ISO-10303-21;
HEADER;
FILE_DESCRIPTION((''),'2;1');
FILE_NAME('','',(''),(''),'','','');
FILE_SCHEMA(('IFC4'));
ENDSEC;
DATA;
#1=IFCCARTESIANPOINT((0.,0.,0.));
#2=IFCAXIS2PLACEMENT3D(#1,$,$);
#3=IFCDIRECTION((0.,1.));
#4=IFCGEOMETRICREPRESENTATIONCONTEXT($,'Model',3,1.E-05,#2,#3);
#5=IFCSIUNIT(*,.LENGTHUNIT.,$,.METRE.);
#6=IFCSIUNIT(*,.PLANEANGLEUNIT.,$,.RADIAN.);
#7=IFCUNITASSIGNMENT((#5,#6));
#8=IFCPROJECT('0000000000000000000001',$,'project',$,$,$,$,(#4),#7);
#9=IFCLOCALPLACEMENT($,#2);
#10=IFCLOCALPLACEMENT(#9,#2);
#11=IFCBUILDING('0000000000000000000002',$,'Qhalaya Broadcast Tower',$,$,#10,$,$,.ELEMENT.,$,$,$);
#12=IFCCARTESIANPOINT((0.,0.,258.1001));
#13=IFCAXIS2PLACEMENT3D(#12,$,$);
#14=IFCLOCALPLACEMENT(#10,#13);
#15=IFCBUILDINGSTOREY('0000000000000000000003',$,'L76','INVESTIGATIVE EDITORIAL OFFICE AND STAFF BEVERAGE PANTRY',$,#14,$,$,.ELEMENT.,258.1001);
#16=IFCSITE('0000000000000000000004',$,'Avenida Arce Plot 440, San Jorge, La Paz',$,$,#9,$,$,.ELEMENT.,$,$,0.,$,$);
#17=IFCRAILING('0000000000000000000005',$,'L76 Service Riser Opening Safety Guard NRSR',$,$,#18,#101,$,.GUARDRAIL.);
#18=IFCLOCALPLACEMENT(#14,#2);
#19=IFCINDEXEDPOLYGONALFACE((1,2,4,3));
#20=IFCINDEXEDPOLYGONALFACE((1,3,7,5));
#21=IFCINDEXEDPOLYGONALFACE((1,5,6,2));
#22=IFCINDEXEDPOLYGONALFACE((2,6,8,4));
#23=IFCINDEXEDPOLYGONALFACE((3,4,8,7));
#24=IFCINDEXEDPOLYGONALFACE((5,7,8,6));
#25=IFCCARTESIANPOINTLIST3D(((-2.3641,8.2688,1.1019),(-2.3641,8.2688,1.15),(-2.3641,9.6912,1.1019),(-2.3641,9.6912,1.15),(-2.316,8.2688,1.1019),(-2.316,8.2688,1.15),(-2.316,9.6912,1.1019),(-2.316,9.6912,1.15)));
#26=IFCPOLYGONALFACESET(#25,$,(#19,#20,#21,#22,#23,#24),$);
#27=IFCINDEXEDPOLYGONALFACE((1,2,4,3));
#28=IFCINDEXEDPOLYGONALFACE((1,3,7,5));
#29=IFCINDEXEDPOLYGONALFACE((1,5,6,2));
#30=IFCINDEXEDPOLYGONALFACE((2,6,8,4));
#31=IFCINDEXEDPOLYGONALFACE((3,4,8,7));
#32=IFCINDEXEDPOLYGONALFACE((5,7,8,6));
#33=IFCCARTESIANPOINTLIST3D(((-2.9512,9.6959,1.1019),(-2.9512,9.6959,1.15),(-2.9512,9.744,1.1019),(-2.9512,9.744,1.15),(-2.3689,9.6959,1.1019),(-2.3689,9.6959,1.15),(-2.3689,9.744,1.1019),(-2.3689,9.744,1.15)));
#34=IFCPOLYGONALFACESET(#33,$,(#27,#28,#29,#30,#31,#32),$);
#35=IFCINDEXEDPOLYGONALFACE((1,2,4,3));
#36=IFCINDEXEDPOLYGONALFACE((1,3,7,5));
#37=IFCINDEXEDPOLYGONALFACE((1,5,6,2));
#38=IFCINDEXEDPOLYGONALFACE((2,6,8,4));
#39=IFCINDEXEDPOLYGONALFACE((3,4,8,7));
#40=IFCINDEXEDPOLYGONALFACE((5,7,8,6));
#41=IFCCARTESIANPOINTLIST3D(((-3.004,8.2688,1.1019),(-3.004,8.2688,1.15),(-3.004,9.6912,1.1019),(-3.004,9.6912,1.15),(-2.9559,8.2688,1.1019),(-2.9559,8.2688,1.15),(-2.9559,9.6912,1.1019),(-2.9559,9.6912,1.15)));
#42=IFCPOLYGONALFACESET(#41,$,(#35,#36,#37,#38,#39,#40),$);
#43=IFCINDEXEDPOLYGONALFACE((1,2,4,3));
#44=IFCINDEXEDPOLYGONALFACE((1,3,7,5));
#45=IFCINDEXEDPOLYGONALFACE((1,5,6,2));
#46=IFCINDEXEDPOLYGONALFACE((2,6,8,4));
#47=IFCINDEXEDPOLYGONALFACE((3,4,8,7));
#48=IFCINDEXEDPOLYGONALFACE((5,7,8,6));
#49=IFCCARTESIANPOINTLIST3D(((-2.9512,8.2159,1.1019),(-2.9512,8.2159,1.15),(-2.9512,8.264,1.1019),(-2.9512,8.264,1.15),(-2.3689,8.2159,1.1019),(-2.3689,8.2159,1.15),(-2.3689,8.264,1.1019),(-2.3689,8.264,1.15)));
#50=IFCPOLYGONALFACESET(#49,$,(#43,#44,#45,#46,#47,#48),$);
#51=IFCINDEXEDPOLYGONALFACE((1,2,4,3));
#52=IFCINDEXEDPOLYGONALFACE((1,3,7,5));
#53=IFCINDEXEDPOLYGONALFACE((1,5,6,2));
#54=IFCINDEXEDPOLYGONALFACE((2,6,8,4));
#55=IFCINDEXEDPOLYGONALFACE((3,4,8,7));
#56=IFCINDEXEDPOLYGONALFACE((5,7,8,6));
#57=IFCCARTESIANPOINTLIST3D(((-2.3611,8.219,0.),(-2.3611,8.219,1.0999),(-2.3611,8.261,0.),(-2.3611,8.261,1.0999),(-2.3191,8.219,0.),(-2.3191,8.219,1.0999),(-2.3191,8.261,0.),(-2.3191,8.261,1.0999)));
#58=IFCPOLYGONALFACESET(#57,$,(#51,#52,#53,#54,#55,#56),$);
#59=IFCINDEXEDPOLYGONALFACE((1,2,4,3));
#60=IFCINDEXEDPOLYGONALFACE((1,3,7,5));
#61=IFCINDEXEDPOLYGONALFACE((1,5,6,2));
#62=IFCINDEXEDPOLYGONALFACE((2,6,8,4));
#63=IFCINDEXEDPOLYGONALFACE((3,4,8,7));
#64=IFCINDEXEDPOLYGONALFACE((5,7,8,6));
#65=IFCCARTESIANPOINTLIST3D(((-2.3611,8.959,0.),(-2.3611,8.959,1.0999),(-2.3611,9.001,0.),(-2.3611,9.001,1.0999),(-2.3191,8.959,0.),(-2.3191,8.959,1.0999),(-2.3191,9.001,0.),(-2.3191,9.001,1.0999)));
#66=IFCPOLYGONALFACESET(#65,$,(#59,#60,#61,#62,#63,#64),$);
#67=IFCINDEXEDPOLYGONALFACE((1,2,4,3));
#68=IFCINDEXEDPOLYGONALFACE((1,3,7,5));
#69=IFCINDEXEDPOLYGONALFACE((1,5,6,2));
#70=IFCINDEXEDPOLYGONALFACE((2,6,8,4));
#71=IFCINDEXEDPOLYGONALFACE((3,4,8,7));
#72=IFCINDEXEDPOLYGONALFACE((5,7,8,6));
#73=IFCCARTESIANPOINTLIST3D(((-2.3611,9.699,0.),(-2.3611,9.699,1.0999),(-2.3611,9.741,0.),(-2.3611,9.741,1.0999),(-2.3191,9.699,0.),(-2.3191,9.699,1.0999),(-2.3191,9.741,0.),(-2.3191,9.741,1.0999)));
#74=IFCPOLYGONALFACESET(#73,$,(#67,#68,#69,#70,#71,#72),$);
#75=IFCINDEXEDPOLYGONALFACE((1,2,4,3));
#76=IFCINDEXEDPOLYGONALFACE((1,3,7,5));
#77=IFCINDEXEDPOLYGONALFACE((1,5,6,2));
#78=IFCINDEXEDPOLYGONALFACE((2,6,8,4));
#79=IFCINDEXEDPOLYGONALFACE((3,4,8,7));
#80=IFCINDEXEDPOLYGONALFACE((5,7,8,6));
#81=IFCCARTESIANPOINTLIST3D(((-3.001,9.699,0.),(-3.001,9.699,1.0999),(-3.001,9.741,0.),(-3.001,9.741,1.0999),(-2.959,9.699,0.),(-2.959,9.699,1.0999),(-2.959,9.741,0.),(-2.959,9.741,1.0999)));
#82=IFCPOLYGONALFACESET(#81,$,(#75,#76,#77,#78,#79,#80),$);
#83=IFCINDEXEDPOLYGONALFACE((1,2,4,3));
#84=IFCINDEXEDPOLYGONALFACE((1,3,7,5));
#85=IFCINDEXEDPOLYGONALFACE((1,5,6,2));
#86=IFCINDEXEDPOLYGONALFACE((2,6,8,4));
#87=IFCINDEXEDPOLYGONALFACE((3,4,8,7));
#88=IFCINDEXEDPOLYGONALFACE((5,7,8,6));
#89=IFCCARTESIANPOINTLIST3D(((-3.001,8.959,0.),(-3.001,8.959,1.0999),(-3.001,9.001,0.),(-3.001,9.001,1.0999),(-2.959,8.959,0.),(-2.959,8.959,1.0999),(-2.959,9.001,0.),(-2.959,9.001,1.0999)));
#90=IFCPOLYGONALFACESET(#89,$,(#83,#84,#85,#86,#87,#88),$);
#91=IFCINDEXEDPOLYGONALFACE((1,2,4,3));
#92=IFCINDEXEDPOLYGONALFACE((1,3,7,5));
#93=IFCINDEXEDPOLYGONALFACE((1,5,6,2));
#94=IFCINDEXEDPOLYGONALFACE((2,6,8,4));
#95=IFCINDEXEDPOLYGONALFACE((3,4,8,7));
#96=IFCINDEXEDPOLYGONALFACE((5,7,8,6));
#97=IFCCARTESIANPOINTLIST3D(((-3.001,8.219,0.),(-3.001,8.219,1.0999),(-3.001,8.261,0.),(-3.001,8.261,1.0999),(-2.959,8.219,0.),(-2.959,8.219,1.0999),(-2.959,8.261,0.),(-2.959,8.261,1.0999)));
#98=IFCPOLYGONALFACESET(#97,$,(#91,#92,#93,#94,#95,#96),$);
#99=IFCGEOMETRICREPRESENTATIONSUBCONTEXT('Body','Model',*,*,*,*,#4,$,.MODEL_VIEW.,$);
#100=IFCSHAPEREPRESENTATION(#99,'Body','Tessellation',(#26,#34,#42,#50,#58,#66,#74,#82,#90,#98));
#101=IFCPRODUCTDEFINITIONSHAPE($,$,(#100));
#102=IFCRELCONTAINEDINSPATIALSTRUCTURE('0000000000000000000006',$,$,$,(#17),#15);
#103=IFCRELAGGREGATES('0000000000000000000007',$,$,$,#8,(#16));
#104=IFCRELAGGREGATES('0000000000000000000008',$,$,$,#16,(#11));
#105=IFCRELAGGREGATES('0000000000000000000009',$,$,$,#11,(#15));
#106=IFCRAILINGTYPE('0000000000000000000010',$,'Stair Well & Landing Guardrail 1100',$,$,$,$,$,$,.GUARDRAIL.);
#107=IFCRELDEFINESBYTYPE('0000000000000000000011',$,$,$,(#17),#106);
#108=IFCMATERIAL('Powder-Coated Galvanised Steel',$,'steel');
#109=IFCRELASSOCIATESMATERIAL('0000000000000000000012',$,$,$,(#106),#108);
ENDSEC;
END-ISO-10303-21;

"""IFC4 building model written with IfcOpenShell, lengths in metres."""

from ifc_helpers import new_model, si_unit, direction, frame, origin, origin_2d, place, context, subcontext, project, spatial, rectangle, extrude, material, type_object, element, save


model = new_model("IFC4")

# Units and contexts
model_context = context("Model", 3, precision=1e-05, world=origin(), true_north=direction((0.0, 1.0)))
body_context = subcontext(model_context, "Body", "Model", "MODEL_VIEW")
ifc_project = project(units=[si_unit("LENGTHUNIT", "METRE"), si_unit("PLANEANGLEUNIT", "RADIAN")], contexts=[model_context])

# Site, building, storey
site_placement = place(None, origin())
site = spatial("IfcSite", under=ifc_project, at=site_placement, Name="Avenida Arce Plot 440, San Jorge, La Paz", CompositionType="ELEMENT", RefElevation=0.0)
building_placement = place(site_placement, origin())
building = spatial("IfcBuilding", under=site, at=building_placement, Name="Qhalaya Broadcast Tower", CompositionType="ELEMENT")
storey_placement = place(building_placement, frame((0.0, 0.0, 258.1001)))
storey = spatial("IfcBuildingStorey", under=building, at=storey_placement, Name="L76", Description="INVESTIGATIVE EDITORIAL OFFICE AND STAFF BEVERAGE PANTRY", CompositionType="ELEMENT", Elevation=258.1001)

# Railing
ifc_material_1 = material(Name="Powder-Coated Galvanised Steel", Category="steel")
railing_type = type_object("IfcRailingType", Name="Stair Well & Landing Guardrail 1100", PredefinedType="GUARDRAIL", material=ifc_material_1)
railing_placement = place(storey_placement, frame((-2.3401, 8.24, 0.0)))
element("IfcRailing", 1, at=railing_placement, inside=storey, type_object=railing_type, Name="L76 Service Riser Opening Safety Guard NRSR", PredefinedType="GUARDRAIL", context=body_context, shape_type="SweptSolid", body=[
    extrude(rectangle(XDim=0.0481, YDim=0.0481, at=origin_2d()), frame((0.0, 0.0288, 1.126), z_axis=(0.0, 1.0, 0.0), x_axis=(-1.0, 0.0, 0.0)), (0.0, 0.0, 1.0), 1.4224),
    extrude(rectangle(XDim=0.0481, YDim=0.0481, at=origin_2d()), frame((-0.0288, 1.48, 1.126), z_axis=(-1.0, 0.0, 0.0), x_axis=(0.0, -1.0, 0.0)), (0.0, 0.0, 1.0), 0.5823),
    extrude(rectangle(XDim=0.0481, YDim=0.0481, at=origin_2d()), frame((-0.6399, 1.4512, 1.126), z_axis=(0.0, -1.0, 0.0), x_axis=(1.0, 0.0, 0.0)), (0.0, 0.0, 1.0), 1.4224),
    extrude(rectangle(XDim=0.0481, YDim=0.0481, at=origin_2d()), frame((-0.6111, 0.0, 1.126), z_axis=(1.0, 0.0, 0.0), x_axis=(0.0, 1.0, 0.0)), (0.0, 0.0, 1.0), 0.5823),
    extrude(rectangle(XDim=0.042, YDim=0.042, at=origin_2d()), origin(), (0.0, 0.0, 1.0), 1.0999),
    extrude(rectangle(XDim=0.042, YDim=0.042, at=origin_2d()), frame((0.0, 0.74, 0.0)), (0.0, 0.0, 1.0), 1.0999),
    extrude(rectangle(XDim=0.042, YDim=0.042, at=origin_2d()), frame((0.0, 1.48, 0.0)), (0.0, 0.0, 1.0), 1.0999),
    extrude(rectangle(XDim=0.042, YDim=0.042, at=origin_2d()), frame((-0.6399, 1.48, 0.0)), (0.0, 0.0, 1.0), 1.0999),
    extrude(rectangle(XDim=0.042, YDim=0.042, at=origin_2d()), frame((-0.6399, 0.74, 0.0)), (0.0, 0.0, 1.0), 1.0999),
    extrude(rectangle(XDim=0.042, YDim=0.042, at=origin_2d()), frame((-0.6399, 0.0, 0.0)), (0.0, 0.0, 1.0), 1.0999),
])

save(model, "model.ifc")
